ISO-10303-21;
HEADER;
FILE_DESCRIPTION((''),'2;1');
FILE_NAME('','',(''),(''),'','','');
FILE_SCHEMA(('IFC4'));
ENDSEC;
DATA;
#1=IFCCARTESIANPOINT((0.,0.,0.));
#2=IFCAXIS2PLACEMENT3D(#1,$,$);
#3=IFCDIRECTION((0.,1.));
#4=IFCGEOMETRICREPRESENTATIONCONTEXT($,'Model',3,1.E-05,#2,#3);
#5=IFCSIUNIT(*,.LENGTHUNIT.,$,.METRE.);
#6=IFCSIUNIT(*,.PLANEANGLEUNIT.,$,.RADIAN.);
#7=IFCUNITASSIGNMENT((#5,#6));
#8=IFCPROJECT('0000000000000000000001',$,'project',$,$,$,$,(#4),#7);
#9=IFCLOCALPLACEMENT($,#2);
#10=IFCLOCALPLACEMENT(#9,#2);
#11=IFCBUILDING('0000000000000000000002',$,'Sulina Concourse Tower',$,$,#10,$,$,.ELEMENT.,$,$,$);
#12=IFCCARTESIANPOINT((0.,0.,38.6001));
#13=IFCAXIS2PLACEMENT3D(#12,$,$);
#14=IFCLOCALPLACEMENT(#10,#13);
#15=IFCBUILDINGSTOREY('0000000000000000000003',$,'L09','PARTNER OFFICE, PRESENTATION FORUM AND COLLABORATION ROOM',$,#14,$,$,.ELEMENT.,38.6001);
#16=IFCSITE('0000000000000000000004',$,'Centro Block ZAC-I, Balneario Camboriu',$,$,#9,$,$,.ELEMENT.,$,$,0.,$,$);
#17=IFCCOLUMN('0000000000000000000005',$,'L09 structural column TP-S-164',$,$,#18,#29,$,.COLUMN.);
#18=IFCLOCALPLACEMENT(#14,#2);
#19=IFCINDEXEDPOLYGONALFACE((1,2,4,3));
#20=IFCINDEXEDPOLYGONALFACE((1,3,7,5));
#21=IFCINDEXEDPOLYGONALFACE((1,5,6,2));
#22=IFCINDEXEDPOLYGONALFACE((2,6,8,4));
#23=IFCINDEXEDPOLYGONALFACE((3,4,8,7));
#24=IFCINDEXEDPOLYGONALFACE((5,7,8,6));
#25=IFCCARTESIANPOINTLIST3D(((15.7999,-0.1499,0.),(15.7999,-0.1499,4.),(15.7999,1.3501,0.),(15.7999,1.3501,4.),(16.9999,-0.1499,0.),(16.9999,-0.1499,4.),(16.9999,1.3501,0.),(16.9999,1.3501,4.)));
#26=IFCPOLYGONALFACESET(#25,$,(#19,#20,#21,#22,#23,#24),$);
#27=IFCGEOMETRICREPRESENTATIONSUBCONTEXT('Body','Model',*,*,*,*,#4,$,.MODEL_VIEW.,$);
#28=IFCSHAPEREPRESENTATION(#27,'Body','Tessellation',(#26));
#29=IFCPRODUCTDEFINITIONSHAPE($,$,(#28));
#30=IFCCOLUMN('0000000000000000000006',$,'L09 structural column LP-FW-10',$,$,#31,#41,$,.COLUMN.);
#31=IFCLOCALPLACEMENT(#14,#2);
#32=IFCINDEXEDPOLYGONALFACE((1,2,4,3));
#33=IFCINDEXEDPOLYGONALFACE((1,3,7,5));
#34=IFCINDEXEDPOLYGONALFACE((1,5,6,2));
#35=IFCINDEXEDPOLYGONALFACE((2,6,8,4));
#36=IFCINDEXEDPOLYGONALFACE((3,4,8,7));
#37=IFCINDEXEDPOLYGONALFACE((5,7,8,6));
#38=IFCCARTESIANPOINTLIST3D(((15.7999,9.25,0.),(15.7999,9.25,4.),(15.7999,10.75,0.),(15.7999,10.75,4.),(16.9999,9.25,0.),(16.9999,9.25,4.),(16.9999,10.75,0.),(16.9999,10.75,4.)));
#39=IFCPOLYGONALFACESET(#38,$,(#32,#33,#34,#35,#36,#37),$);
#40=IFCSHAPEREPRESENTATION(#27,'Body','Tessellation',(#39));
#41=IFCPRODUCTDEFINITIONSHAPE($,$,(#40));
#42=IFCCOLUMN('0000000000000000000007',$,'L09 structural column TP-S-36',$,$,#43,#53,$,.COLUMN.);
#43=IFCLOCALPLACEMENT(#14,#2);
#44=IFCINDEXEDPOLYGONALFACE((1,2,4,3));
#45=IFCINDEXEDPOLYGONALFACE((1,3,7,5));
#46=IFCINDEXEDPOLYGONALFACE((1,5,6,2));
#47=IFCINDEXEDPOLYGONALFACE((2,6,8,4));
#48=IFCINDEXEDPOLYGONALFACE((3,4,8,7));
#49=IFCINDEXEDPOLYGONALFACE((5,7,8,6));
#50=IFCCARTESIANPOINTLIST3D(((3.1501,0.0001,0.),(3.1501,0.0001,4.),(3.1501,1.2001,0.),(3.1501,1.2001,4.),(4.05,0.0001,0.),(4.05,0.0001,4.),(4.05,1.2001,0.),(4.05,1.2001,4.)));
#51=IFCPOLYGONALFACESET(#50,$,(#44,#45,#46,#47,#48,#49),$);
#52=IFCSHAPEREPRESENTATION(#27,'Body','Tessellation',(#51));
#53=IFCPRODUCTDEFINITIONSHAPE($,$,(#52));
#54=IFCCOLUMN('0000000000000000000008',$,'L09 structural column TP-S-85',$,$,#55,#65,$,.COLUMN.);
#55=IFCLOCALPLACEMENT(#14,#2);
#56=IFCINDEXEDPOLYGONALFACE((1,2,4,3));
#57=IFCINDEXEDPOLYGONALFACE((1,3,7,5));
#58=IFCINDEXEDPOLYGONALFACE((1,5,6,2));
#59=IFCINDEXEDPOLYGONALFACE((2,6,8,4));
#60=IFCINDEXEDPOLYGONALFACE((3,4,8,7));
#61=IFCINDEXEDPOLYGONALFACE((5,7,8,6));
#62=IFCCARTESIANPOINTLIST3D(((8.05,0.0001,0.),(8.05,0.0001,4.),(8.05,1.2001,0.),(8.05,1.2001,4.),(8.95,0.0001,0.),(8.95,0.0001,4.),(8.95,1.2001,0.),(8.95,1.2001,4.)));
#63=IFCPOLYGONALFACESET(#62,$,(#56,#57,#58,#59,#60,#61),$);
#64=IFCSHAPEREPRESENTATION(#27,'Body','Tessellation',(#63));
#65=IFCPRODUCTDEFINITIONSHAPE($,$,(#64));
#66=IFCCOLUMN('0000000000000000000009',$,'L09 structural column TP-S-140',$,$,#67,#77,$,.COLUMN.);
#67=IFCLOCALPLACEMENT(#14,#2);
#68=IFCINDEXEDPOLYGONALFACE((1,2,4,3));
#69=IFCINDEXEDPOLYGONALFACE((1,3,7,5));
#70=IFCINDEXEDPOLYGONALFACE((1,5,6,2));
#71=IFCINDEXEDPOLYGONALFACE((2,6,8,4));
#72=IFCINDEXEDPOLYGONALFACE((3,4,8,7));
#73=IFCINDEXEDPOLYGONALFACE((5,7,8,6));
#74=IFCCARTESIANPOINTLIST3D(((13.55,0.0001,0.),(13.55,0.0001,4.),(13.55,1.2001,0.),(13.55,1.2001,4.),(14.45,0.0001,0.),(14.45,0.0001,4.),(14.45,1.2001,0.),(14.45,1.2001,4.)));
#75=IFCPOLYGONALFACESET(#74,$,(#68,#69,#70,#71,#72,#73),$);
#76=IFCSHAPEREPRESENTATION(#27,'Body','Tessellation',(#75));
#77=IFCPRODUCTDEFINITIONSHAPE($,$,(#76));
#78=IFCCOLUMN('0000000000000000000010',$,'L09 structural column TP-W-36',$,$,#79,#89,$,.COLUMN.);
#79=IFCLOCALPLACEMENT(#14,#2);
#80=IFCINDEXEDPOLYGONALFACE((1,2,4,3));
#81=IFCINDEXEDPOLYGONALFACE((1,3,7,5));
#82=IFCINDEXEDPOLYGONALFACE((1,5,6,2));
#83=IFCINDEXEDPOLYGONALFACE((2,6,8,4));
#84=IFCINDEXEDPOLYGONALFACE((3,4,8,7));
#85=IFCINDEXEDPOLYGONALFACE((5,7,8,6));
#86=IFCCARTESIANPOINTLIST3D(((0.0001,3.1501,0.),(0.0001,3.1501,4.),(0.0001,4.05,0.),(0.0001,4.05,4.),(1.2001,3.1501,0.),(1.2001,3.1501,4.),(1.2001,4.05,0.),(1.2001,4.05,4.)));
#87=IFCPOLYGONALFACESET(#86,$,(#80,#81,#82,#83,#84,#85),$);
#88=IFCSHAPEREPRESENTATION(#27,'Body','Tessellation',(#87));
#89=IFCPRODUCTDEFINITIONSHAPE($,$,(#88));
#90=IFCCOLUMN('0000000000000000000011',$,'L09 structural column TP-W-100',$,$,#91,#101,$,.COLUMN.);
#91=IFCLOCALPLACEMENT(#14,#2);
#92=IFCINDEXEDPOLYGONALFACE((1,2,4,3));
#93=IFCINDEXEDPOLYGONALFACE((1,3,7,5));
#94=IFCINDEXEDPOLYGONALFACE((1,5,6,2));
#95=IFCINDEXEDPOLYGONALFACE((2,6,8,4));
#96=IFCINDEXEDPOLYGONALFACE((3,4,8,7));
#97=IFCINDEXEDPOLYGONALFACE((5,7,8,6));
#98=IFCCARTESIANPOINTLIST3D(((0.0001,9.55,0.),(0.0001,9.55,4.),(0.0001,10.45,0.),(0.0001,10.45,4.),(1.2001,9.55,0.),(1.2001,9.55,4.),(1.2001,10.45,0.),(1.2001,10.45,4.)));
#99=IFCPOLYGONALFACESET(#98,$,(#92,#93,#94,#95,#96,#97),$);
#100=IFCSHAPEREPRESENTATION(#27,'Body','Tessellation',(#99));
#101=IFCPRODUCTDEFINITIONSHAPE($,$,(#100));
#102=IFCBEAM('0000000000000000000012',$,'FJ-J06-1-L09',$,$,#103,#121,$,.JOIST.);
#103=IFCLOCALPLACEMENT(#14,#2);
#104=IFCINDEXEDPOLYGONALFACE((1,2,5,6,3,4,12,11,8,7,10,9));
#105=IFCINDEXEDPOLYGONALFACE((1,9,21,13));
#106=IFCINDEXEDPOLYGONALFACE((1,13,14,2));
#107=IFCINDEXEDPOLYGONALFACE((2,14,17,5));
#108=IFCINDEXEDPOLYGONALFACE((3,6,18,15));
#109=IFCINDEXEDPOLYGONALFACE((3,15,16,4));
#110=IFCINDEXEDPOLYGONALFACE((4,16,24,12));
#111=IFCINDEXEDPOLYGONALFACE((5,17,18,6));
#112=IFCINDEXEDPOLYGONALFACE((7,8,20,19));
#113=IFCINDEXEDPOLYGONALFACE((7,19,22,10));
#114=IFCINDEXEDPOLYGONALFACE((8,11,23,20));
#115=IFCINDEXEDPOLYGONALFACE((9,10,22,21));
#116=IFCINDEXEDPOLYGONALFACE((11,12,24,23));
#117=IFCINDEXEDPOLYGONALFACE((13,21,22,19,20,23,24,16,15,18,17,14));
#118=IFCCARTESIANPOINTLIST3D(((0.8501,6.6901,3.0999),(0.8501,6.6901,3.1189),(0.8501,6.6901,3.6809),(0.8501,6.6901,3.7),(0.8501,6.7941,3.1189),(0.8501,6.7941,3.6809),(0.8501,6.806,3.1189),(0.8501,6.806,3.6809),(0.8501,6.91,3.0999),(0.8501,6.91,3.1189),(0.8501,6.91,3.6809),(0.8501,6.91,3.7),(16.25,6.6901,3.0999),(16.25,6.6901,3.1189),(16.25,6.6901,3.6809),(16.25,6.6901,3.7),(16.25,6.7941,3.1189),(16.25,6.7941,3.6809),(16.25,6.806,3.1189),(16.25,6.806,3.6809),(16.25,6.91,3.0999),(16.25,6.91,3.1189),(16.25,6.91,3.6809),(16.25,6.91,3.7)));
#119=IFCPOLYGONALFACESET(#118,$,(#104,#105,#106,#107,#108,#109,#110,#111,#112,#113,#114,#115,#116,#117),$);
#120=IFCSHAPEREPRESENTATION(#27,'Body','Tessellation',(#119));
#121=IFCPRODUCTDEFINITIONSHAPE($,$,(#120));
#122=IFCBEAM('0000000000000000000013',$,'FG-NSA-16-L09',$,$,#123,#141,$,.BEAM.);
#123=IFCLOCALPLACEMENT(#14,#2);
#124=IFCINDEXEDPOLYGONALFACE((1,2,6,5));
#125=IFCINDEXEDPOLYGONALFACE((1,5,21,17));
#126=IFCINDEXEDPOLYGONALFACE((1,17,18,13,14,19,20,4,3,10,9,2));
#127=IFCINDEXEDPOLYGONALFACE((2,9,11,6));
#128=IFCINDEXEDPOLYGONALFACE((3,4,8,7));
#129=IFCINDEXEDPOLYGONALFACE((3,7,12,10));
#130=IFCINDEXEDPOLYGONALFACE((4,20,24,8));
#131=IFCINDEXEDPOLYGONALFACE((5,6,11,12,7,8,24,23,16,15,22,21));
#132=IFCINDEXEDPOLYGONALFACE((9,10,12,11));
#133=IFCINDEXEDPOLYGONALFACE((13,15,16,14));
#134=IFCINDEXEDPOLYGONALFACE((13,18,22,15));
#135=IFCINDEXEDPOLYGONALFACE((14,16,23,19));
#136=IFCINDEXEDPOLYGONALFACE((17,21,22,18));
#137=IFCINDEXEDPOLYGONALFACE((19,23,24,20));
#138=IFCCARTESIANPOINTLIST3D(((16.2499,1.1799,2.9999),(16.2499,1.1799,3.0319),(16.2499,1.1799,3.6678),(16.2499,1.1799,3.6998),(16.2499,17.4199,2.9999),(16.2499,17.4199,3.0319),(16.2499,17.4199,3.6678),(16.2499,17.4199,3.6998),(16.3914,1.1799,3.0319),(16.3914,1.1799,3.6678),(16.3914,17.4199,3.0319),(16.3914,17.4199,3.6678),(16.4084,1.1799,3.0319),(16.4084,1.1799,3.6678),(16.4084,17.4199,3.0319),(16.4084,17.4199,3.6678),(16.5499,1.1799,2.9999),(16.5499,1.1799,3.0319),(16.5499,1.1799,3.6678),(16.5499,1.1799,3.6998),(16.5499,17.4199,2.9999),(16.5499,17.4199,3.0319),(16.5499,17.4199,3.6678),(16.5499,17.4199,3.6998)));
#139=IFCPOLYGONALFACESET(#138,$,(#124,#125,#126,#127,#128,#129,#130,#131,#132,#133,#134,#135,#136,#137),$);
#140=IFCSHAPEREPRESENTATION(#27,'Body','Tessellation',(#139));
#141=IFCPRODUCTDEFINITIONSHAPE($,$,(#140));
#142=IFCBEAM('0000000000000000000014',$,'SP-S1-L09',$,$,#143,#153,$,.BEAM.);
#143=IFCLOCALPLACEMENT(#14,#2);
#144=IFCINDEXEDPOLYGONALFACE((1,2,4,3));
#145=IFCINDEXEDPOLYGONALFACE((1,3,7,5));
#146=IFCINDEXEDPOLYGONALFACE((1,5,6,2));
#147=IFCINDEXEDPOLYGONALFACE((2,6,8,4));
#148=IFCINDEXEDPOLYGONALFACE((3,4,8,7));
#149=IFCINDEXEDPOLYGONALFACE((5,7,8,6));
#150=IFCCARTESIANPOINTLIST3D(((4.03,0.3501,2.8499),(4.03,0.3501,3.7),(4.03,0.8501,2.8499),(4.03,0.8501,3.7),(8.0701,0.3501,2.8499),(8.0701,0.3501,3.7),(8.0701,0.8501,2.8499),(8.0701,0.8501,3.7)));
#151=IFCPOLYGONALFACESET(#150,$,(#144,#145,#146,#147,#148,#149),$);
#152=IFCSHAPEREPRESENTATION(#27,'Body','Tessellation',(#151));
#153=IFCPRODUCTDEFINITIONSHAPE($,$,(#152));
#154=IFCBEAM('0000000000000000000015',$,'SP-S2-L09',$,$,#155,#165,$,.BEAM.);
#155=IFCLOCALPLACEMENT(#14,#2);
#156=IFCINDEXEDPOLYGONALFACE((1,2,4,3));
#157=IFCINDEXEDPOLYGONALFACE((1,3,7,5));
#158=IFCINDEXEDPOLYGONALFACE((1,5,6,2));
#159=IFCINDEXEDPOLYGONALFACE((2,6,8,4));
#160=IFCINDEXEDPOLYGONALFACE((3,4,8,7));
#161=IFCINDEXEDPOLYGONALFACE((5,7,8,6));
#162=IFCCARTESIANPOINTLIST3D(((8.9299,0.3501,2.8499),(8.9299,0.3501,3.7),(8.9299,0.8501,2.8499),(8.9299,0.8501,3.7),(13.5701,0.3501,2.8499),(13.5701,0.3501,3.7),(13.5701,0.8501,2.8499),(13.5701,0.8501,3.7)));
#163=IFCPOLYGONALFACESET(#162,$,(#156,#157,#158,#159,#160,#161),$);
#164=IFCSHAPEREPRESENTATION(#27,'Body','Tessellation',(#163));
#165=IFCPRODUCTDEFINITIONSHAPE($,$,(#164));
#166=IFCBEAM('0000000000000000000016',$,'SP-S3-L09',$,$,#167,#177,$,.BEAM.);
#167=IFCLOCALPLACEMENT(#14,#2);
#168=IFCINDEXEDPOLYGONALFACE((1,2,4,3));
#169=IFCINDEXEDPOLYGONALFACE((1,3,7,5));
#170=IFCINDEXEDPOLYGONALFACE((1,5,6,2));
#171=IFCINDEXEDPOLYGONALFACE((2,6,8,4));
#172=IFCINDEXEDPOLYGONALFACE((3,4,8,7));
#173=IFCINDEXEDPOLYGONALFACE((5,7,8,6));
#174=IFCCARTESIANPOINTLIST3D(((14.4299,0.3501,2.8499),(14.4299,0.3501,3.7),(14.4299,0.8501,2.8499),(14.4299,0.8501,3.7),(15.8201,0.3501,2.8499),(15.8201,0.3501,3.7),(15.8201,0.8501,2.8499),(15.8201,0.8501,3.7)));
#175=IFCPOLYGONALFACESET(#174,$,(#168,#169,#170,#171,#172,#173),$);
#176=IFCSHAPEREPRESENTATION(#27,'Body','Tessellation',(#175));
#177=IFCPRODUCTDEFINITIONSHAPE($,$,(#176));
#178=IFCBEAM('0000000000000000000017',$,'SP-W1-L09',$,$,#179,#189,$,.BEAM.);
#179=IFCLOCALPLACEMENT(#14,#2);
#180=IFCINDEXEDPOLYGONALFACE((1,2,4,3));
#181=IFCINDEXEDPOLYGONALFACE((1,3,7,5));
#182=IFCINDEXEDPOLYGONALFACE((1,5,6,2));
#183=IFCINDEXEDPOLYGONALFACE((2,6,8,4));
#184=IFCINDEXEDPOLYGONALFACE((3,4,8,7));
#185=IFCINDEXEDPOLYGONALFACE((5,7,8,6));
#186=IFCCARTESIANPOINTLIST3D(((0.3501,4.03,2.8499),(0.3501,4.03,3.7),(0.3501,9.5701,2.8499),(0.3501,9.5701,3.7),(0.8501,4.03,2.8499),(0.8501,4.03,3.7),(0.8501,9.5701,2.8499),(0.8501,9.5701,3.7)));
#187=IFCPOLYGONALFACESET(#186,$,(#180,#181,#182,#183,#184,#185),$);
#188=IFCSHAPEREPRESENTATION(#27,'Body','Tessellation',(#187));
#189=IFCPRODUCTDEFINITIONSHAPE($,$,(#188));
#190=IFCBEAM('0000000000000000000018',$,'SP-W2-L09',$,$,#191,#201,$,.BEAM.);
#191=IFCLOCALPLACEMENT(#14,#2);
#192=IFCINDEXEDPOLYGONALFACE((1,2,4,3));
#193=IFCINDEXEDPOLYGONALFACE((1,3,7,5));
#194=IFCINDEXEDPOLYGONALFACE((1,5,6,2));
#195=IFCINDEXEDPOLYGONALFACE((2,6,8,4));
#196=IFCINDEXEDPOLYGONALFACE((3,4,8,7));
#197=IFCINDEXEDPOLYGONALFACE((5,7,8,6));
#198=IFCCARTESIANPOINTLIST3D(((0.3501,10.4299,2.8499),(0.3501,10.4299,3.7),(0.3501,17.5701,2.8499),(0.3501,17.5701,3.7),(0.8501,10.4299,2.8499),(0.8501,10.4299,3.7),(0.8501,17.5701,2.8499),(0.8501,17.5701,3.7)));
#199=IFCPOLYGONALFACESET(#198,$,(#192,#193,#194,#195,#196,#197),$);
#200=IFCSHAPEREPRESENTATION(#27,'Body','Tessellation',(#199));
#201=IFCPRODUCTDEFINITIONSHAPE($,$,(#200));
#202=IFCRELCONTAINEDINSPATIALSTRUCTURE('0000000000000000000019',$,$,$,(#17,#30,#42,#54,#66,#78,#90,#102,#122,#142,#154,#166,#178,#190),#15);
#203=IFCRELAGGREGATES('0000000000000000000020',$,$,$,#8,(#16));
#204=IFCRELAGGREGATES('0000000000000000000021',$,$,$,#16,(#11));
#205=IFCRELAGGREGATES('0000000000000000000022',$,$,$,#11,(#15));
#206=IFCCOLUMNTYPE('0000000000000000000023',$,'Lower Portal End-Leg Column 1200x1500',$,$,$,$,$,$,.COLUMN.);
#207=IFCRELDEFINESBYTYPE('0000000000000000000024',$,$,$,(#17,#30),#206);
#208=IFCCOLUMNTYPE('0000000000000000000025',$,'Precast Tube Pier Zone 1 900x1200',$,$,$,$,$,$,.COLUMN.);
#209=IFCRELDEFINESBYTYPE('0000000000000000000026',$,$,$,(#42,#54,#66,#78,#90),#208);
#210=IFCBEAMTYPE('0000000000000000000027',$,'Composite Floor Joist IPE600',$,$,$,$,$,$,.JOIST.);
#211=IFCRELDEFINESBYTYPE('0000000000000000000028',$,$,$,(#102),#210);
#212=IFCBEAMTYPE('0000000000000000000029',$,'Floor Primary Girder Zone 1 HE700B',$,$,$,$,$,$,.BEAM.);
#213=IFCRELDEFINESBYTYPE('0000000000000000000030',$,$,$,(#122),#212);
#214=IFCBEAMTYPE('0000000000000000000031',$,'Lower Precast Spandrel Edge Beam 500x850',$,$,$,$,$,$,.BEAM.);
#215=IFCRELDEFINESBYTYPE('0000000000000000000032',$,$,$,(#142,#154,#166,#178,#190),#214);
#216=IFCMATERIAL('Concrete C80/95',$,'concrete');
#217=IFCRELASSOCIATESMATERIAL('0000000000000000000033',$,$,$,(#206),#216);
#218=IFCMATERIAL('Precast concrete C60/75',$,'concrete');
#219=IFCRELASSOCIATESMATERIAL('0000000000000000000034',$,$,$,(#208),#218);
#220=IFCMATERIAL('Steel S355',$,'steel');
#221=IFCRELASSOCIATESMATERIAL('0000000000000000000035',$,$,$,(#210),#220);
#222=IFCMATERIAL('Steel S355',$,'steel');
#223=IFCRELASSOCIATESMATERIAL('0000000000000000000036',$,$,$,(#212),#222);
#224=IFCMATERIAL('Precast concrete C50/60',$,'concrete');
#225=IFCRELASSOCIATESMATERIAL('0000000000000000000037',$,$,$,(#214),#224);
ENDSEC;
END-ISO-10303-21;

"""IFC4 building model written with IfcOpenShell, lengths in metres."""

from ifc_helpers import new_model, si_unit, direction, frame, origin, origin_2d, place, context, subcontext, project, spatial, rectangle, i_section, extrude, material, material_profile, profile_set, type_object, element, save


model = new_model("IFC4")

# Units and contexts
model_context = context("Model", 3, precision=1e-05, world=origin(), true_north=direction((0.0, 1.0)))
body_context = subcontext(model_context, "Body", "Model", "MODEL_VIEW")
ifc_project = project(units=[si_unit("LENGTHUNIT", "METRE"), si_unit("PLANEANGLEUNIT", "RADIAN")], contexts=[model_context])

# Site, building, storey
site_placement = place(None, origin())
site = spatial("IfcSite", under=ifc_project, at=site_placement, Name="Centro Block ZAC-I, Balneario Camboriu", CompositionType="ELEMENT", RefElevation=0.0)
building_placement = place(site_placement, origin())
building = spatial("IfcBuilding", under=site, at=building_placement, Name="Sulina Concourse Tower", CompositionType="ELEMENT")
storey_placement = place(building_placement, frame((0.0, 0.0, 38.6001)))
storey = spatial("IfcBuildingStorey", under=building, at=storey_placement, Name="L09", Description="PARTNER OFFICE, PRESENTATION FORUM AND COLLABORATION ROOM", CompositionType="ELEMENT", Elevation=38.6001)

# Columns
ifc_material_1 = material(Name="Concrete C80/95", Category="concrete")
ifc_material_profile_1 = material_profile(ifc_material_1, rectangle(XDim=1.2, YDim=1.5, at=origin_2d()), Name="RC 1200x1500")
ifc_profile_set_1 = profile_set([ifc_material_profile_1], Name="Concrete C80/95")
column_type_1 = type_object("IfcColumnType", Name="Lower Portal End-Leg Column 1200x1500", PredefinedType="COLUMN", material=ifc_profile_set_1)
for number, where, z_axis, x_axis, name in (
    (1, (16.3999, 0.6001, 0.0), (0.0, 0.0, 1.0), (1.0, 0.0, 0.0), "L09 structural column TP-S-164"),
    (2, (16.3999, 10.0, 0.0), (0.0, 0.0, 1.0), (1.0, 0.0, 0.0), "L09 structural column LP-FW-10"),
):
    element("IfcColumn", number, at=place(storey_placement, frame(where, z_axis=z_axis, x_axis=x_axis)), inside=storey, type_object=column_type_1, Name=name, PredefinedType="COLUMN", context=body_context, shape_type="SweptSolid", body=[
        extrude(rectangle(XDim=1.2, YDim=1.5, at=origin_2d()), origin(), (0.0, 0.0, 1.0), 4.0),
    ])
ifc_material_2 = material(Name="Precast concrete C60/75", Category="concrete")
ifc_material_profile_2 = material_profile(ifc_material_2, rectangle(XDim=0.8999, YDim=1.2, at=origin_2d()), Name="PC 900x1200")
ifc_profile_set_2 = profile_set([ifc_material_profile_2], Name="Precast concrete C60/75")
column_type_2 = type_object("IfcColumnType", Name="Precast Tube Pier Zone 1 900x1200", PredefinedType="COLUMN", material=ifc_profile_set_2)
for number, where, z_axis, x_axis, name in (
    (3, (3.6001, 0.6001, 0.0), (0.0, 0.0, 1.0), (1.0, 0.0, 0.0), "L09 structural column TP-S-36"),
    (4, (8.5, 0.6001, 0.0), (0.0, 0.0, 1.0), (1.0, 0.0, 0.0), "L09 structural column TP-S-85"),
    (5, (14.0, 0.6001, 0.0), (0.0, 0.0, 1.0), (1.0, 0.0, 0.0), "L09 structural column TP-S-140"),
    (6, (0.6001, 3.6001, 0.0), (0.0, 0.0, 1.0), (0.0, 1.0, 0.0), "L09 structural column TP-W-36"),
    (7, (0.6001, 10.0, 0.0), (0.0, 0.0, 1.0), (0.0, 1.0, 0.0), "L09 structural column TP-W-100"),
):
    element("IfcColumn", number, at=place(storey_placement, frame(where, z_axis=z_axis, x_axis=x_axis)), inside=storey, type_object=column_type_2, Name=name, PredefinedType="COLUMN", context=body_context, shape_type="SweptSolid", body=[
        extrude(rectangle(XDim=0.8999, YDim=1.2, at=origin_2d()), origin(), (0.0, 0.0, 1.0), 4.0),
    ])

# Beams
ifc_material_3 = material(Name="Steel S355", Category="steel")
ifc_material_profile_3 = material_profile(ifc_material_3, i_section(OverallWidth=0.22, OverallDepth=0.6001, WebThickness=0.012, FlangeThickness=0.019, at=origin_2d()), Name="IPE 600")
ifc_profile_set_3 = profile_set([ifc_material_profile_3], Name="Steel S355")
beam_type_1 = type_object("IfcBeamType", Name="Composite Floor Joist IPE600", PredefinedType="JOIST", material=ifc_profile_set_3)
beam_1_placement = place(storey_placement, frame((0.8501, 6.8, 3.3999), z_axis=(1.0, 0.0, 0.0), x_axis=(0.0, 1.0, 0.0)))
element("IfcBeam", 8, at=beam_1_placement, inside=storey, type_object=beam_type_1, Name="FJ-J06-1-L09", PredefinedType="JOIST", context=body_context, shape_type="SweptSolid", body=[
    extrude(i_section(OverallWidth=0.22, OverallDepth=0.6001, WebThickness=0.012, FlangeThickness=0.019, at=origin_2d()), origin(), (0.0, 0.0, 1.0), 15.3999),
])
ifc_material_4 = material(Name="Steel S355", Category="steel")
ifc_material_profile_4 = material_profile(ifc_material_4, i_section(OverallWidth=0.3, OverallDepth=0.7, WebThickness=0.0171, FlangeThickness=0.032, at=origin_2d()), Name="HE 700 B")
ifc_profile_set_4 = profile_set([ifc_material_profile_4], Name="Steel S355")
beam_type_2 = type_object("IfcBeamType", Name="Floor Primary Girder Zone 1 HE700B", PredefinedType="BEAM", material=ifc_profile_set_4)
beam_2_placement = place(storey_placement, frame((16.3999, 1.1799, 3.3499), z_axis=(0.0, 1.0, 0.0), x_axis=(-1.0, 0.0, 0.0)))
element("IfcBeam", 9, at=beam_2_placement, inside=storey, type_object=beam_type_2, Name="FG-NSA-16-L09", PredefinedType="BEAM", context=body_context, shape_type="SweptSolid", body=[
    extrude(i_section(OverallWidth=0.3, OverallDepth=0.7, WebThickness=0.0171, FlangeThickness=0.032, at=origin_2d()), origin(), (0.0, 0.0, 1.0), 16.24),
])
ifc_material_5 = material(Name="Precast concrete C50/60", Category="concrete")
ifc_material_profile_5 = material_profile(ifc_material_5, rectangle(XDim=0.5, YDim=0.8501, at=origin_2d()), Name="RC 500x850")
ifc_profile_set_5 = profile_set([ifc_material_profile_5], Name="Precast concrete C50/60")
beam_type_3 = type_object("IfcBeamType", Name="Lower Precast Spandrel Edge Beam 500x850", PredefinedType="BEAM", material=ifc_profile_set_5)
beam_3_placement = place(storey_placement, frame((4.03, 0.6001, 3.2749), z_axis=(1.0, 0.0, 0.0), x_axis=(0.0, 1.0, 0.0)))
element("IfcBeam", 10, at=beam_3_placement, inside=storey, type_object=beam_type_3, Name="SP-S1-L09", PredefinedType="BEAM", context=body_context, shape_type="SweptSolid", body=[
    extrude(rectangle(XDim=0.5, YDim=0.8501, at=origin_2d()), origin(), (0.0, 0.0, 1.0), 4.04),
])
beam_4_placement = place(storey_placement, frame((8.9299, 0.6001, 3.2749), z_axis=(1.0, 0.0, 0.0), x_axis=(0.0, 1.0, 0.0)))
element("IfcBeam", 11, at=beam_4_placement, inside=storey, type_object=beam_type_3, Name="SP-S2-L09", PredefinedType="BEAM", context=body_context, shape_type="SweptSolid", body=[
    extrude(rectangle(XDim=0.5, YDim=0.8501, at=origin_2d()), origin(), (0.0, 0.0, 1.0), 4.6401),
])
beam_5_placement = place(storey_placement, frame((14.4299, 0.6001, 3.2749), z_axis=(1.0, 0.0, 0.0), x_axis=(0.0, 1.0, 0.0)))
element("IfcBeam", 12, at=beam_5_placement, inside=storey, type_object=beam_type_3, Name="SP-S3-L09", PredefinedType="BEAM", context=body_context, shape_type="SweptSolid", body=[
    extrude(rectangle(XDim=0.5, YDim=0.8501, at=origin_2d()), origin(), (0.0, 0.0, 1.0), 1.3901),
])
beam_6_placement = place(storey_placement, frame((0.6001, 4.03, 3.2749), z_axis=(0.0, 1.0, 0.0), x_axis=(-1.0, 0.0, 0.0)))
element("IfcBeam", 13, at=beam_6_placement, inside=storey, type_object=beam_type_3, Name="SP-W1-L09", PredefinedType="BEAM", context=body_context, shape_type="SweptSolid", body=[
    extrude(rectangle(XDim=0.5, YDim=0.8501, at=origin_2d()), origin(), (0.0, 0.0, 1.0), 5.54),
])
beam_7_placement = place(storey_placement, frame((0.6001, 10.4299, 3.2749), z_axis=(0.0, 1.0, 0.0), x_axis=(-1.0, 0.0, 0.0)))
element("IfcBeam", 14, at=beam_7_placement, inside=storey, type_object=beam_type_3, Name="SP-W2-L09", PredefinedType="BEAM", context=body_context, shape_type="SweptSolid", body=[
    extrude(rectangle(XDim=0.5, YDim=0.8501, at=origin_2d()), origin(), (0.0, 0.0, 1.0), 7.1401),
])

save(model, "model.ifc")
